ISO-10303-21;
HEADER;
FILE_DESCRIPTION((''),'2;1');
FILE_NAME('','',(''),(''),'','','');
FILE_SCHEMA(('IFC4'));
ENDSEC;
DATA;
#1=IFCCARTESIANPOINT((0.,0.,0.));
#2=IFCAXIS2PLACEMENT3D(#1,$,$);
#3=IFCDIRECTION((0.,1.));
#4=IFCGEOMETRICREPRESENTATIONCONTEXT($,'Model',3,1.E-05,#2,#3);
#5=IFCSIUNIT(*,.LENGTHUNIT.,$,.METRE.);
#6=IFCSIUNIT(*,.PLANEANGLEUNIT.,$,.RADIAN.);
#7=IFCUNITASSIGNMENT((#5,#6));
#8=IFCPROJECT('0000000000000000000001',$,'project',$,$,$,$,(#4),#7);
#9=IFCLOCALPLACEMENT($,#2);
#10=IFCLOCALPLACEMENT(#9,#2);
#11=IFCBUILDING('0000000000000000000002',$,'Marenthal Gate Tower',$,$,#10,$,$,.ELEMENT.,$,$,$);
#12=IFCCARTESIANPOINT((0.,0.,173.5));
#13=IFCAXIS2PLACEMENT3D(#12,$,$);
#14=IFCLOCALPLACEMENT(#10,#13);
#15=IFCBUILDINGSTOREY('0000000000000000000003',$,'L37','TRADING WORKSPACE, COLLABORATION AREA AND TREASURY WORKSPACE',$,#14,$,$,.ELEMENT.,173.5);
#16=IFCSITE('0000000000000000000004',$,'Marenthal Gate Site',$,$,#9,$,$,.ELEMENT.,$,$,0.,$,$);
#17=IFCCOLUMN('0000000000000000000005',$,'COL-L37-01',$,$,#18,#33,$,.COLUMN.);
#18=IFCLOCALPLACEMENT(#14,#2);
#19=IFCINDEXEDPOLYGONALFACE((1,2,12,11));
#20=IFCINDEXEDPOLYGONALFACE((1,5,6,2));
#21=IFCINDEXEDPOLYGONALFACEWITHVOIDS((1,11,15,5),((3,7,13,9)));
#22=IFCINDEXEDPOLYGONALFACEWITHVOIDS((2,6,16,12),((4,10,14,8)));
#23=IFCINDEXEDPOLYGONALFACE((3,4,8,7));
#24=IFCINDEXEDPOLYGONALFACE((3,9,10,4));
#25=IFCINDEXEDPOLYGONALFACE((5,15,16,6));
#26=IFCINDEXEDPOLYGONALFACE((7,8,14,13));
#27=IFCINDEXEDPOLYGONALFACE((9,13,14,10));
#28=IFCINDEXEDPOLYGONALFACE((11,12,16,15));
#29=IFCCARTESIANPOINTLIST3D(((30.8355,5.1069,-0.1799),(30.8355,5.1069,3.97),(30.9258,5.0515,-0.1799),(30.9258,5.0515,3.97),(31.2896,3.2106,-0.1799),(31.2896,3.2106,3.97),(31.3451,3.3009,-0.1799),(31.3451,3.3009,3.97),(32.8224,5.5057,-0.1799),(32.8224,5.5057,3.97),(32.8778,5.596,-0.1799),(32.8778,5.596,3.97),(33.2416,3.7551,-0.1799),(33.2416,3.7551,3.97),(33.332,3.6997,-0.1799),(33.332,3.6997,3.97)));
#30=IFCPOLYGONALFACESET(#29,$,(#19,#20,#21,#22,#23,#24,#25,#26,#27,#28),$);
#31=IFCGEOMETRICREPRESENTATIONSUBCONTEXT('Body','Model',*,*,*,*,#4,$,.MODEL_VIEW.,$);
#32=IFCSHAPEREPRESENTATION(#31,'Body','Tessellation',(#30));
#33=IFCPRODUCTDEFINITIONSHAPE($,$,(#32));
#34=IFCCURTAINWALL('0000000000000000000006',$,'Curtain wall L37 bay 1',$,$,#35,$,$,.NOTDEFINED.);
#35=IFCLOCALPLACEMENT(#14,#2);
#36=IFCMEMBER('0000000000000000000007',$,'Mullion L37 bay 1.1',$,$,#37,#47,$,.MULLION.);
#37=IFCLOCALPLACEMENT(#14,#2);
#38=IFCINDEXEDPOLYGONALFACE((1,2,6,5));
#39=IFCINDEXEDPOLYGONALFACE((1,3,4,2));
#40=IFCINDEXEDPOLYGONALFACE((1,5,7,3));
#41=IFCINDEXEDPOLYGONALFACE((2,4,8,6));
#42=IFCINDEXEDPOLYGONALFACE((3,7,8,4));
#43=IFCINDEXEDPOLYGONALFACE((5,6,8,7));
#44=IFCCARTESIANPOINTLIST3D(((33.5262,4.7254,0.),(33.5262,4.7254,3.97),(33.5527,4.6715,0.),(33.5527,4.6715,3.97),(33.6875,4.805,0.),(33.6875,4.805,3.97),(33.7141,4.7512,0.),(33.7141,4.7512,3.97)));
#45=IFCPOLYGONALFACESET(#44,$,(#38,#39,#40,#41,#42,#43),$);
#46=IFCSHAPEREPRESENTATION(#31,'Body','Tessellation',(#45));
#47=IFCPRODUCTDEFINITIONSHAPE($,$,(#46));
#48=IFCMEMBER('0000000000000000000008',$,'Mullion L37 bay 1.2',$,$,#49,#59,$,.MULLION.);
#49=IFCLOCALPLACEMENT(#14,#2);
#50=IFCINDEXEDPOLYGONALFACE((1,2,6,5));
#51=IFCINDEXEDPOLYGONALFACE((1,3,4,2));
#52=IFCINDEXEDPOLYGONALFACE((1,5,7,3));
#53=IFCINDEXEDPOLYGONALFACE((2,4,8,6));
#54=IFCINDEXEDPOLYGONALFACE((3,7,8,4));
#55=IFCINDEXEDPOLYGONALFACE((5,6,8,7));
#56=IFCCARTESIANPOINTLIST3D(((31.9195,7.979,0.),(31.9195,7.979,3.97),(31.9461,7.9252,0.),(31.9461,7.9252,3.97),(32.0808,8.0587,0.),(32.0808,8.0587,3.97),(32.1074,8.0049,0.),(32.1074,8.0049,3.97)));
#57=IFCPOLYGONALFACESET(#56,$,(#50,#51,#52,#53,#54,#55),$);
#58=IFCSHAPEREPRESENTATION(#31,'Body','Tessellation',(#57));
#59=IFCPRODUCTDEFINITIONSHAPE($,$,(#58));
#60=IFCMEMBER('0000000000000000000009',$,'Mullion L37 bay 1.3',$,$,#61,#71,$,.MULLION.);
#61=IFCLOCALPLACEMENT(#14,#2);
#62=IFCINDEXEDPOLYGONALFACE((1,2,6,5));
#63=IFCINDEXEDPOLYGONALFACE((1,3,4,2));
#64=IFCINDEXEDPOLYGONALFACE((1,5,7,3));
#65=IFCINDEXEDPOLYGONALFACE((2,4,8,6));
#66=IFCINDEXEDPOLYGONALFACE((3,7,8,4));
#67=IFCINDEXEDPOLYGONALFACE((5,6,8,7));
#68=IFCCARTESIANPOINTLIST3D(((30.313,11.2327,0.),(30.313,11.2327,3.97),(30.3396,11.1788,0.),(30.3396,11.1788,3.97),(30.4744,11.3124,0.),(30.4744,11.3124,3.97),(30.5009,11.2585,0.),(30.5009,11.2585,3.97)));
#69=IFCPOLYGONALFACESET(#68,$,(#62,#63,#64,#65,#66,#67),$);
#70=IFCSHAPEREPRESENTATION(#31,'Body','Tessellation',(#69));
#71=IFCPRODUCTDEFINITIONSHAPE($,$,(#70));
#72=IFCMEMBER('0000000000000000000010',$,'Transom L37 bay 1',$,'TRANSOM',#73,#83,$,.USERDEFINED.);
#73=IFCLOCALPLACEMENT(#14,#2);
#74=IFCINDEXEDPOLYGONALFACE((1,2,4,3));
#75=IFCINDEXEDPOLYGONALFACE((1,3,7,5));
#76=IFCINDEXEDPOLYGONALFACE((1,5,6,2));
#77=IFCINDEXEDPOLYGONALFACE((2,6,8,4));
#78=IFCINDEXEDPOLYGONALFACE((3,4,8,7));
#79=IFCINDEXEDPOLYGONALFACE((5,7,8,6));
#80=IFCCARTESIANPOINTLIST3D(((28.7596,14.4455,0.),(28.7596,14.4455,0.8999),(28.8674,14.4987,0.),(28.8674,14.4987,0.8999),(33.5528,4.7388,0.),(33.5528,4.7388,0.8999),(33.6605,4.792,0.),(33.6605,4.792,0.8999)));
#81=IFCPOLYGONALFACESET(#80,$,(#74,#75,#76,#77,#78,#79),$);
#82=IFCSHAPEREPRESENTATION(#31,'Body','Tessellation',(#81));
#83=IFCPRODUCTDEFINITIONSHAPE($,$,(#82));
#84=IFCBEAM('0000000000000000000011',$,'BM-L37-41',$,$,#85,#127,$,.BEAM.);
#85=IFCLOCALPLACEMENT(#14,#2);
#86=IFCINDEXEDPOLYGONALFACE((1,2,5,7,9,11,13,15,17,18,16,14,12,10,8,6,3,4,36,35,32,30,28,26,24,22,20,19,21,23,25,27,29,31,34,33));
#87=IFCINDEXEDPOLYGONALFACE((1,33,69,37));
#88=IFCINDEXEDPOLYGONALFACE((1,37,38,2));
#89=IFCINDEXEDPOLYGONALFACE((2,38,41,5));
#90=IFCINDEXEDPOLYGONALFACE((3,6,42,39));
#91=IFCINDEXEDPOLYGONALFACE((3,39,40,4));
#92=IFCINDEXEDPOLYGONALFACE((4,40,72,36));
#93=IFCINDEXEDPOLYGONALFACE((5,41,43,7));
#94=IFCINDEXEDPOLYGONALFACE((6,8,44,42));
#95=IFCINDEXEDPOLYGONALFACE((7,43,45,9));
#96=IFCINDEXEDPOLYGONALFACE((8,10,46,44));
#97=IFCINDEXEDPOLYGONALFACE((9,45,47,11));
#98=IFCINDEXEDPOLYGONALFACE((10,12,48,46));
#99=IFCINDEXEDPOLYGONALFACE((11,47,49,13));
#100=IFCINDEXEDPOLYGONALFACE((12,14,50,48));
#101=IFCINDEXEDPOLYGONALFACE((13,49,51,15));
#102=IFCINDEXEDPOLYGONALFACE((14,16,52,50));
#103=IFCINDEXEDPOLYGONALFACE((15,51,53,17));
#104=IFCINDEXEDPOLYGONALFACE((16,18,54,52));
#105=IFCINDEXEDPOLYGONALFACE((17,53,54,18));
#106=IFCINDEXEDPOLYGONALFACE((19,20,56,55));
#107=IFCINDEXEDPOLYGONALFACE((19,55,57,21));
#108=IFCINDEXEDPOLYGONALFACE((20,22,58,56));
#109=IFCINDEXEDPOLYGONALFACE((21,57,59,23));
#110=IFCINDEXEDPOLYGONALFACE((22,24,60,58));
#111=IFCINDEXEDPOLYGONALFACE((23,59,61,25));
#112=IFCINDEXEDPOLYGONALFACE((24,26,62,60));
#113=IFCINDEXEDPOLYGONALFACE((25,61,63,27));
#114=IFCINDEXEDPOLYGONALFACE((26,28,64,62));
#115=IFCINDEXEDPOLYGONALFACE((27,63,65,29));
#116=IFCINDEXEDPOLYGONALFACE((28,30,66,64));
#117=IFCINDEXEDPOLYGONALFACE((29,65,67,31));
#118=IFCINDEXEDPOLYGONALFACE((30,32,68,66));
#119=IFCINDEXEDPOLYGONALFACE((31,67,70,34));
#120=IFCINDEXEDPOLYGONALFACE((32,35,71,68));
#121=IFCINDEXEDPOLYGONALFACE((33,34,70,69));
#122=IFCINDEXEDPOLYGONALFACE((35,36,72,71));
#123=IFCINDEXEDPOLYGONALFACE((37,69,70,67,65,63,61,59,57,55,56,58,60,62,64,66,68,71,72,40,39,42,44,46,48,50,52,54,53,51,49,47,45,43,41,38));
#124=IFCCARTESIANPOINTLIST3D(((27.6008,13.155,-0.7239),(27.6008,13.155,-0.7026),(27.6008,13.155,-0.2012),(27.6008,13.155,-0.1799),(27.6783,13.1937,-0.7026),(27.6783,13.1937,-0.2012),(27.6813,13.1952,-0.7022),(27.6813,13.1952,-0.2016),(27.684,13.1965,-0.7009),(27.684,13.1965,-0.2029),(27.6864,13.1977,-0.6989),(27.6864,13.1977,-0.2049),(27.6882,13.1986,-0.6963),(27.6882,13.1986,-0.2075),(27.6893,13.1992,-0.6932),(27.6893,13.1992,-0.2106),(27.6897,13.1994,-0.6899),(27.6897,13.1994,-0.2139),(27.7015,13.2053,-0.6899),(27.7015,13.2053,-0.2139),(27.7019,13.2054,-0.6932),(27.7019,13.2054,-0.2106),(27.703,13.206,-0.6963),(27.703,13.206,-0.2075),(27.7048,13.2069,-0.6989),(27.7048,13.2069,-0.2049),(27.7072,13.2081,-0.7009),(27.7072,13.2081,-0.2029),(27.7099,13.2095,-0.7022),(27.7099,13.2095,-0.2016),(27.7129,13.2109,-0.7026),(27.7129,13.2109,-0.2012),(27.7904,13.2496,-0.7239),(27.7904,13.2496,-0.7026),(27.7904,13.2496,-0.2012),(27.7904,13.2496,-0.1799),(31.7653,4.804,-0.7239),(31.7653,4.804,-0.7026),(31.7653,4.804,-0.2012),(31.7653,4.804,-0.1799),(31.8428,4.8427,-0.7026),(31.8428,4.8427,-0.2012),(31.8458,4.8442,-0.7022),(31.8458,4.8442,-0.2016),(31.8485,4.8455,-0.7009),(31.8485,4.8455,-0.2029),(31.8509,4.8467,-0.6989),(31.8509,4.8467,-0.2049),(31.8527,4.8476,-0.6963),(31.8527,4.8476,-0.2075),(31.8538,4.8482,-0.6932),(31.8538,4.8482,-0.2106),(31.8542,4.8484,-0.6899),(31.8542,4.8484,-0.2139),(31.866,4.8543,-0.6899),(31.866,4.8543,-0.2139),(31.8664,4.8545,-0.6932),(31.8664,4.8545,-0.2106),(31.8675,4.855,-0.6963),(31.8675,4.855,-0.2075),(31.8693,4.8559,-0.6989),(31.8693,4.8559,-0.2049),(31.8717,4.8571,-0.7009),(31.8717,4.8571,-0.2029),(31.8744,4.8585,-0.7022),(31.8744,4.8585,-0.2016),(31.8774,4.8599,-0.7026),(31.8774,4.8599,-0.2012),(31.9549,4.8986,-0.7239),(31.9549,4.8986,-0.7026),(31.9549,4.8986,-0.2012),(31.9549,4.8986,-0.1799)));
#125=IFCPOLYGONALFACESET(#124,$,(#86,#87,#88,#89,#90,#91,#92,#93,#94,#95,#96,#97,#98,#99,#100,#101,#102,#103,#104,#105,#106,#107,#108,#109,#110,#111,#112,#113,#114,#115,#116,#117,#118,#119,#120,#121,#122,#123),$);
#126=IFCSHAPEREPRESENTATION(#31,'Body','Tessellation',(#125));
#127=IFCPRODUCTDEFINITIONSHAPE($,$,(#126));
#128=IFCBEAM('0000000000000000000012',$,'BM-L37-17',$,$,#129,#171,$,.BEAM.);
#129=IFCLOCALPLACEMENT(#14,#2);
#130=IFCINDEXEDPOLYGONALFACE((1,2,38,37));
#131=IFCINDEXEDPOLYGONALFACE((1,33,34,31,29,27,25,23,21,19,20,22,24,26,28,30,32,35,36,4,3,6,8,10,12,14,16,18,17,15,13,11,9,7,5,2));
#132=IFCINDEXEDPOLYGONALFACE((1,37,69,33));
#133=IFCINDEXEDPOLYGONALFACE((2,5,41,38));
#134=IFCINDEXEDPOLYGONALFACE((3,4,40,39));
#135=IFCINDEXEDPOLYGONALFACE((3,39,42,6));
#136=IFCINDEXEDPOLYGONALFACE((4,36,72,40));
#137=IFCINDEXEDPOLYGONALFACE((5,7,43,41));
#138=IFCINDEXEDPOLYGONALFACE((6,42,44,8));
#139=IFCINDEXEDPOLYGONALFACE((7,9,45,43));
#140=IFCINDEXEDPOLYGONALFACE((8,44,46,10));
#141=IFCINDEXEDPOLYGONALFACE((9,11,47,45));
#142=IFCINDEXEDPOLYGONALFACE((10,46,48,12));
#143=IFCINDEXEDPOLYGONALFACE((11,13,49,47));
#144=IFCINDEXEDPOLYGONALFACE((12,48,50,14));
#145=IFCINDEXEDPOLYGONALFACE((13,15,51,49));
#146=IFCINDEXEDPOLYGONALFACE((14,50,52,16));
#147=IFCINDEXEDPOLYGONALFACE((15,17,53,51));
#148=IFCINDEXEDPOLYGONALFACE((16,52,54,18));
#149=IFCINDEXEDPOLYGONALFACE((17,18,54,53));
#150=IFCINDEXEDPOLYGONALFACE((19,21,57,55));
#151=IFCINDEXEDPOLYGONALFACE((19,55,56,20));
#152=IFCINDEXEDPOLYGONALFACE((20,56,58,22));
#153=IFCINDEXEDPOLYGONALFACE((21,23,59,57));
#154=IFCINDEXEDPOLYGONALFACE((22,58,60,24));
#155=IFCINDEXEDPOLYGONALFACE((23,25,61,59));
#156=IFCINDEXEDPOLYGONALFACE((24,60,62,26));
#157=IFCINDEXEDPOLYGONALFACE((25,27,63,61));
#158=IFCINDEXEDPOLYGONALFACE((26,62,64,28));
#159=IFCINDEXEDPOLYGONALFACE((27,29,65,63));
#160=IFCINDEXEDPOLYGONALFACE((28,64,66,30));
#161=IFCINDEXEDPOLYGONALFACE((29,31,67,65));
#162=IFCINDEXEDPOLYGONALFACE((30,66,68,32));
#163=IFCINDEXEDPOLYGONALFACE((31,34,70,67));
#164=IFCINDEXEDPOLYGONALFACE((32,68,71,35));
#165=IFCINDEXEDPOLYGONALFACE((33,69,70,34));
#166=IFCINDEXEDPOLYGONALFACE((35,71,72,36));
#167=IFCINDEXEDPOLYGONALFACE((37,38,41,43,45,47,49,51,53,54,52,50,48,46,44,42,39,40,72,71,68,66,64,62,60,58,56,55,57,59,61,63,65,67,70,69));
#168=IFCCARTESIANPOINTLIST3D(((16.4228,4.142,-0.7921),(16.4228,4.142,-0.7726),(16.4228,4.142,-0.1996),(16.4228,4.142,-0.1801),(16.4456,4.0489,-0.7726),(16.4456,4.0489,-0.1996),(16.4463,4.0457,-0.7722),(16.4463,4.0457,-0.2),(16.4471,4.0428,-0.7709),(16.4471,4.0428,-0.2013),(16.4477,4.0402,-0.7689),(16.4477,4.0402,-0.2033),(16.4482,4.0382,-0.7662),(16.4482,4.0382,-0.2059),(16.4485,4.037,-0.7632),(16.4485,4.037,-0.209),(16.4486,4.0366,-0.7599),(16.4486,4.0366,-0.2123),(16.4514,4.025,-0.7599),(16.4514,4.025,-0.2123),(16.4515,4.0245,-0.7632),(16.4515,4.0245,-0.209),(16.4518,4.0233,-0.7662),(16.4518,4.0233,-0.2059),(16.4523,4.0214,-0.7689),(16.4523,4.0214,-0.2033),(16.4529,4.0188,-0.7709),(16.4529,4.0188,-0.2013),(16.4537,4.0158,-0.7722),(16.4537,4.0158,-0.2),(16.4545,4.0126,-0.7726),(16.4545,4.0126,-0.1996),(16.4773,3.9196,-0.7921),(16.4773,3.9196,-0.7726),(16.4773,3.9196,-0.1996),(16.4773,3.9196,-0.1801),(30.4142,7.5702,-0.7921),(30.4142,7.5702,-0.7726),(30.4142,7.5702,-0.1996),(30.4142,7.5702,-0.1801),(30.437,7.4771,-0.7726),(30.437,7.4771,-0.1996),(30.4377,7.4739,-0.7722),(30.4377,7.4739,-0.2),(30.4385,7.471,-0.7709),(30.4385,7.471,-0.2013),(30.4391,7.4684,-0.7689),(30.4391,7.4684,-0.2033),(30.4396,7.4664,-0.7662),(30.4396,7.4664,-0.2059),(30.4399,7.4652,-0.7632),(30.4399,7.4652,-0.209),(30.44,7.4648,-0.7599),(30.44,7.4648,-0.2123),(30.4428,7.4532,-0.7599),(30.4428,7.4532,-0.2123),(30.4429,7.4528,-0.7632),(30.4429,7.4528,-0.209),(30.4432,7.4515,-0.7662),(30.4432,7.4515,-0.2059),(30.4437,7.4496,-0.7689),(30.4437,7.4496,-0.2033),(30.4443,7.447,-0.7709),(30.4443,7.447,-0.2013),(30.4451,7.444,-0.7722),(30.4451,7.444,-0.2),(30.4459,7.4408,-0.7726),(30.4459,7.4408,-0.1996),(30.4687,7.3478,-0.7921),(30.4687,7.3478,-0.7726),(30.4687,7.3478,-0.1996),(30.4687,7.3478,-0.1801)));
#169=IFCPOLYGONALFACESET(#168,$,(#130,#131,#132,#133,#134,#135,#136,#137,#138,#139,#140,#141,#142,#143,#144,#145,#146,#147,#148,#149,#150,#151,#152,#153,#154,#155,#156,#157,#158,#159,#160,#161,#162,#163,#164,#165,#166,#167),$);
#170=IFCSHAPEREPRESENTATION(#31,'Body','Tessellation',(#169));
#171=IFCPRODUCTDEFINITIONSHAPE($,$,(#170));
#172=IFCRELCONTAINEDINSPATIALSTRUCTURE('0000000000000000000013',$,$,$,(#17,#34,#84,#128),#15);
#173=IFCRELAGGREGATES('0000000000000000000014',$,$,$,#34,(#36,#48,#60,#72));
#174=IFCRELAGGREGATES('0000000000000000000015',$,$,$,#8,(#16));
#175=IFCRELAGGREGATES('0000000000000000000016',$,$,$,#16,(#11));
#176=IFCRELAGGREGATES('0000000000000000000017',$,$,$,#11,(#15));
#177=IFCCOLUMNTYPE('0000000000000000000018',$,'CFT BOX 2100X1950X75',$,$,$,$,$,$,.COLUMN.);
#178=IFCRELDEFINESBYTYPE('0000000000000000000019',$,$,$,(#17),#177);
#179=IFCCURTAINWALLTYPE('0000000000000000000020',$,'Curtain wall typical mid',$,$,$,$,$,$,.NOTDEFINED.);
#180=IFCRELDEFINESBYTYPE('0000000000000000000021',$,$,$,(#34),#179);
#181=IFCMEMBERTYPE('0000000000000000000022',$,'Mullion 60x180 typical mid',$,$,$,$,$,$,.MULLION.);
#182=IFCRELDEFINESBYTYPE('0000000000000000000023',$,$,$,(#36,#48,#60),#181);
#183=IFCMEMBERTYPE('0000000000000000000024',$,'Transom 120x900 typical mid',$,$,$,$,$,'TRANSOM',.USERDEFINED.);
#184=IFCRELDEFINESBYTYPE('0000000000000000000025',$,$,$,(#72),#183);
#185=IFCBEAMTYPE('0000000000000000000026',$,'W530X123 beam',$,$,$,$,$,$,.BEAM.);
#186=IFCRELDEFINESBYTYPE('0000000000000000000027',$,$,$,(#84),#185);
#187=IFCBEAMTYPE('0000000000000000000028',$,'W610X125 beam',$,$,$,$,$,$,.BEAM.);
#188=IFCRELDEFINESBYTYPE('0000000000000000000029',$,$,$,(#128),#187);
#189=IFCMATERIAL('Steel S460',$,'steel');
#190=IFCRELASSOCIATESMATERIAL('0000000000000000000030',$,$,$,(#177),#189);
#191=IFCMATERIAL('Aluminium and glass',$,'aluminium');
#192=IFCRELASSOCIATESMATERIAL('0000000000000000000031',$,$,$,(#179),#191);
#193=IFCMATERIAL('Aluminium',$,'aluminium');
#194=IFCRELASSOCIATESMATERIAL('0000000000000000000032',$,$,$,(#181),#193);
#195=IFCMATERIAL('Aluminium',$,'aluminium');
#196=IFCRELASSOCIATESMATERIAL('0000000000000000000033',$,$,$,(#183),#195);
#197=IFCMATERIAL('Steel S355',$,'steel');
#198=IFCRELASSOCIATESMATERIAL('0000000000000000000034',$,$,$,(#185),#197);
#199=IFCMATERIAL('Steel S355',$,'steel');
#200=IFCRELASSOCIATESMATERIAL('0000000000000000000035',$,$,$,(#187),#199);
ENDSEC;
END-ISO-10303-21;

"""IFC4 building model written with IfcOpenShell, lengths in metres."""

from ifc_helpers import new_model, si_unit, direction, frame, origin, origin_2d, place, context, subcontext, project, spatial, rectangle, hollow_rectangle, i_section, extrude, material, material_profile, profile_set, type_object, element, aggregate, save


model = new_model("IFC4")

# Units and contexts
model_context = context("Model", 3, precision=1e-05, world=origin(), true_north=direction((0.0, 1.0)))
body_context = subcontext(model_context, "Body", "Model", "MODEL_VIEW")
ifc_project = project(units=[si_unit("LENGTHUNIT", "METRE"), si_unit("PLANEANGLEUNIT", "RADIAN")], contexts=[model_context])

# Site, building, storey
site_placement = place(None, origin())
site = spatial("IfcSite", under=ifc_project, at=site_placement, Name="Marenthal Gate Site", CompositionType="ELEMENT", RefElevation=0.0)
building_placement = place(site_placement, origin())
building = spatial("IfcBuilding", under=site, at=building_placement, Name="Marenthal Gate Tower", CompositionType="ELEMENT")
storey_placement = place(building_placement, frame((0.0, 0.0, 173.5)))
storey = spatial("IfcBuildingStorey", under=building, at=storey_placement, Name="L37", Description="TRADING WORKSPACE, COLLABORATION AREA AND TREASURY WORKSPACE", CompositionType="ELEMENT", Elevation=173.5)

# Column
ifc_material_1 = material(Name="Steel S460", Category="steel")
ifc_material_profile_1 = material_profile(ifc_material_1, hollow_rectangle(XDim=1.95, YDim=2.1001, WallThickness=0.075, at=origin_2d()), Name="CFT BOX 2100X1950X75")
ifc_material_2 = material(Name="Concrete 70 MPa", Category="concrete")
ifc_material_profile_2 = material_profile(ifc_material_2, rectangle(XDim=1.8, YDim=1.95, at=origin_2d()), Name="CFT BOX 2100X1950X75 INFILL")
ifc_profile_set_1 = profile_set([ifc_material_profile_1, ifc_material_profile_2], Name="Steel S460 shell, Concrete 70 MPa infill")
column_type = type_object("IfcColumnType", Name="CFT BOX 2100X1950X75", PredefinedType="COLUMN", material=ifc_profile_set_1)
column_placement = place(storey_placement, frame((32.0837, 4.4033, -0.1799), z_axis=(0.0, 0.0, 1.0), x_axis=(0.232899, -0.972501, 0.0)))
element("IfcColumn", 1, at=column_placement, inside=storey, type_object=column_type, Name="COL-L37-01", PredefinedType="COLUMN", context=body_context, shape_type="SweptSolid", body=[
    extrude(hollow_rectangle(XDim=1.95, YDim=2.1001, WallThickness=0.075, at=origin_2d()), origin(), (0.0, 0.0, 1.0), 4.1499),
])

# Curtain wall, members
ifc_material_3 = material(Name="Aluminium and glass", Category="aluminium")
curtain_wall_type = type_object("IfcCurtainWallType", Name="Curtain wall typical mid", PredefinedType="NOTDEFINED", material=ifc_material_3)
curtain_wall_placement = place(storey_placement, origin())
curtain_wall = element("IfcCurtainWall", 2, at=curtain_wall_placement, inside=storey, type_object=curtain_wall_type, Name="Curtain wall L37 bay 1", PredefinedType="NOTDEFINED")
ifc_material_4 = material(Name="Aluminium", Category="aluminium")
ifc_material_profile_3 = material_profile(ifc_material_4, rectangle(XDim=0.1799, YDim=0.0601, at=origin_2d()), Name="60x180 aluminium mullion")
ifc_profile_set_2 = profile_set([ifc_material_profile_3], Name="Aluminium")
member_type_1 = type_object("IfcMemberType", Name="Mullion 60x180 typical mid", PredefinedType="MULLION", material=ifc_profile_set_2)
member_1_placement = place(storey_placement, frame((33.6201, 4.7383, 0.0), z_axis=(0.0, 0.0, 1.0), x_axis=(-0.896643, -0.442753, 0.0)))
member_1 = element("IfcMember", 3, at=member_1_placement, type_object=member_type_1, Name="Mullion L37 bay 1.1", PredefinedType="MULLION", context=body_context, shape_type="SweptSolid", body=[
    extrude(rectangle(XDim=0.1799, YDim=0.0601, at=origin_2d()), origin(), (0.0, 0.0, 1.0), 3.97),
])
member_2_placement = place(storey_placement, frame((32.0134, 7.9919, 0.0), z_axis=(0.0, 0.0, 1.0), x_axis=(-0.896643, -0.442753, 0.0)))
member_2 = element("IfcMember", 4, at=member_2_placement, type_object=member_type_1, Name="Mullion L37 bay 1.2", PredefinedType="MULLION", context=body_context, shape_type="SweptSolid", body=[
    extrude(rectangle(XDim=0.1799, YDim=0.0601, at=origin_2d()), origin(), (0.0, 0.0, 1.0), 3.97),
])
member_3_placement = place(storey_placement, frame((30.407, 11.2456, 0.0), z_axis=(0.0, 0.0, 1.0), x_axis=(-0.896643, -0.442753, 0.0)))
member_3 = element("IfcMember", 5, at=member_3_placement, type_object=member_type_1, Name="Mullion L37 bay 1.3", PredefinedType="MULLION", context=body_context, shape_type="SweptSolid", body=[
    extrude(rectangle(XDim=0.1799, YDim=0.0601, at=origin_2d()), origin(), (0.0, 0.0, 1.0), 3.97),
])
ifc_material_5 = material(Name="Aluminium", Category="aluminium")
ifc_material_profile_4 = material_profile(ifc_material_5, rectangle(XDim=0.1201, YDim=0.8999, at=origin_2d()), Name="120x900 aluminium transom")
ifc_profile_set_3 = profile_set([ifc_material_profile_4], Name="Aluminium")
member_type_2 = type_object("IfcMemberType", Name="Transom 120x900 typical mid", ElementType="TRANSOM", PredefinedType="USERDEFINED", material=ifc_profile_set_3)
member_4_placement = place(storey_placement, frame((33.6067, 4.7654, 0.45), z_axis=(-0.442761, 0.89664, 0.0), x_axis=(-0.89664, -0.442761, 0.0)))
member_4 = element("IfcMember", 6, at=member_4_placement, type_object=member_type_2, Name="Transom L37 bay 1", ObjectType="TRANSOM", PredefinedType="USERDEFINED", context=body_context, shape_type="SweptSolid", body=[
    extrude(rectangle(XDim=0.1201, YDim=0.8999, at=origin_2d()), origin(), (0.0, 0.0, 1.0), 10.8257),
])

# Beams
ifc_material_6 = material(Name="Steel S355", Category="steel")
ifc_material_profile_5 = material_profile(ifc_material_6, i_section(OverallWidth=0.2119, OverallDepth=0.5439, WebThickness=0.0132, FlangeThickness=0.0212, FilletRadius=0.0127, at=origin_2d()), Name="W530X123")
ifc_profile_set_4 = profile_set([ifc_material_profile_5], Name="Steel S355")
beam_type_1 = type_object("IfcBeamType", Name="W530X123 beam", PredefinedType="BEAM", material=ifc_profile_set_4)
beam_1_placement = place(storey_placement, frame((31.8601, 4.8513, -0.4519), z_axis=(-0.446272, 0.894898, 0.0), x_axis=(-0.894898, -0.446272, 0.0)))
element("IfcBeam", 7, at=beam_1_placement, inside=storey, type_object=beam_type_1, Name="BM-L37-41", PredefinedType="BEAM", context=body_context, shape_type="SweptSolid", body=[
    extrude(i_section(OverallWidth=0.2119, OverallDepth=0.5439, WebThickness=0.0132, FlangeThickness=0.0212, FilletRadius=0.0127, at=origin_2d()), origin(), (0.0, 0.0, 1.0), 9.3318),
])
ifc_material_7 = material(Name="Steel S355", Category="steel")
ifc_material_profile_6 = material_profile(ifc_material_7, i_section(OverallWidth=0.229, OverallDepth=0.6121, WebThickness=0.012, FlangeThickness=0.0195, FilletRadius=0.0127, at=origin_2d()), Name="W610X125")
ifc_profile_set_5 = profile_set([ifc_material_profile_6], Name="Steel S355")
beam_type_2 = type_object("IfcBeamType", Name="W610X125 beam", PredefinedType="BEAM", material=ifc_profile_set_5)
beam_2_placement = place(storey_placement, frame((30.4414, 7.459, -0.4861), z_axis=(-0.971269, -0.237983, 0.0), x_axis=(0.237983, -0.971269, 0.0)))
element("IfcBeam", 8, at=beam_2_placement, inside=storey, type_object=beam_type_2, Name="BM-L37-17", PredefinedType="BEAM", context=body_context, shape_type="SweptSolid", body=[
    extrude(i_section(OverallWidth=0.229, OverallDepth=0.6121, WebThickness=0.012, FlangeThickness=0.0195, FilletRadius=0.0127, at=origin_2d()), origin(), (0.0, 0.0, 1.0), 14.4053),
])

aggregate(curtain_wall, [member_1, member_2, member_3, member_4])

save(model, "model.ifc")
